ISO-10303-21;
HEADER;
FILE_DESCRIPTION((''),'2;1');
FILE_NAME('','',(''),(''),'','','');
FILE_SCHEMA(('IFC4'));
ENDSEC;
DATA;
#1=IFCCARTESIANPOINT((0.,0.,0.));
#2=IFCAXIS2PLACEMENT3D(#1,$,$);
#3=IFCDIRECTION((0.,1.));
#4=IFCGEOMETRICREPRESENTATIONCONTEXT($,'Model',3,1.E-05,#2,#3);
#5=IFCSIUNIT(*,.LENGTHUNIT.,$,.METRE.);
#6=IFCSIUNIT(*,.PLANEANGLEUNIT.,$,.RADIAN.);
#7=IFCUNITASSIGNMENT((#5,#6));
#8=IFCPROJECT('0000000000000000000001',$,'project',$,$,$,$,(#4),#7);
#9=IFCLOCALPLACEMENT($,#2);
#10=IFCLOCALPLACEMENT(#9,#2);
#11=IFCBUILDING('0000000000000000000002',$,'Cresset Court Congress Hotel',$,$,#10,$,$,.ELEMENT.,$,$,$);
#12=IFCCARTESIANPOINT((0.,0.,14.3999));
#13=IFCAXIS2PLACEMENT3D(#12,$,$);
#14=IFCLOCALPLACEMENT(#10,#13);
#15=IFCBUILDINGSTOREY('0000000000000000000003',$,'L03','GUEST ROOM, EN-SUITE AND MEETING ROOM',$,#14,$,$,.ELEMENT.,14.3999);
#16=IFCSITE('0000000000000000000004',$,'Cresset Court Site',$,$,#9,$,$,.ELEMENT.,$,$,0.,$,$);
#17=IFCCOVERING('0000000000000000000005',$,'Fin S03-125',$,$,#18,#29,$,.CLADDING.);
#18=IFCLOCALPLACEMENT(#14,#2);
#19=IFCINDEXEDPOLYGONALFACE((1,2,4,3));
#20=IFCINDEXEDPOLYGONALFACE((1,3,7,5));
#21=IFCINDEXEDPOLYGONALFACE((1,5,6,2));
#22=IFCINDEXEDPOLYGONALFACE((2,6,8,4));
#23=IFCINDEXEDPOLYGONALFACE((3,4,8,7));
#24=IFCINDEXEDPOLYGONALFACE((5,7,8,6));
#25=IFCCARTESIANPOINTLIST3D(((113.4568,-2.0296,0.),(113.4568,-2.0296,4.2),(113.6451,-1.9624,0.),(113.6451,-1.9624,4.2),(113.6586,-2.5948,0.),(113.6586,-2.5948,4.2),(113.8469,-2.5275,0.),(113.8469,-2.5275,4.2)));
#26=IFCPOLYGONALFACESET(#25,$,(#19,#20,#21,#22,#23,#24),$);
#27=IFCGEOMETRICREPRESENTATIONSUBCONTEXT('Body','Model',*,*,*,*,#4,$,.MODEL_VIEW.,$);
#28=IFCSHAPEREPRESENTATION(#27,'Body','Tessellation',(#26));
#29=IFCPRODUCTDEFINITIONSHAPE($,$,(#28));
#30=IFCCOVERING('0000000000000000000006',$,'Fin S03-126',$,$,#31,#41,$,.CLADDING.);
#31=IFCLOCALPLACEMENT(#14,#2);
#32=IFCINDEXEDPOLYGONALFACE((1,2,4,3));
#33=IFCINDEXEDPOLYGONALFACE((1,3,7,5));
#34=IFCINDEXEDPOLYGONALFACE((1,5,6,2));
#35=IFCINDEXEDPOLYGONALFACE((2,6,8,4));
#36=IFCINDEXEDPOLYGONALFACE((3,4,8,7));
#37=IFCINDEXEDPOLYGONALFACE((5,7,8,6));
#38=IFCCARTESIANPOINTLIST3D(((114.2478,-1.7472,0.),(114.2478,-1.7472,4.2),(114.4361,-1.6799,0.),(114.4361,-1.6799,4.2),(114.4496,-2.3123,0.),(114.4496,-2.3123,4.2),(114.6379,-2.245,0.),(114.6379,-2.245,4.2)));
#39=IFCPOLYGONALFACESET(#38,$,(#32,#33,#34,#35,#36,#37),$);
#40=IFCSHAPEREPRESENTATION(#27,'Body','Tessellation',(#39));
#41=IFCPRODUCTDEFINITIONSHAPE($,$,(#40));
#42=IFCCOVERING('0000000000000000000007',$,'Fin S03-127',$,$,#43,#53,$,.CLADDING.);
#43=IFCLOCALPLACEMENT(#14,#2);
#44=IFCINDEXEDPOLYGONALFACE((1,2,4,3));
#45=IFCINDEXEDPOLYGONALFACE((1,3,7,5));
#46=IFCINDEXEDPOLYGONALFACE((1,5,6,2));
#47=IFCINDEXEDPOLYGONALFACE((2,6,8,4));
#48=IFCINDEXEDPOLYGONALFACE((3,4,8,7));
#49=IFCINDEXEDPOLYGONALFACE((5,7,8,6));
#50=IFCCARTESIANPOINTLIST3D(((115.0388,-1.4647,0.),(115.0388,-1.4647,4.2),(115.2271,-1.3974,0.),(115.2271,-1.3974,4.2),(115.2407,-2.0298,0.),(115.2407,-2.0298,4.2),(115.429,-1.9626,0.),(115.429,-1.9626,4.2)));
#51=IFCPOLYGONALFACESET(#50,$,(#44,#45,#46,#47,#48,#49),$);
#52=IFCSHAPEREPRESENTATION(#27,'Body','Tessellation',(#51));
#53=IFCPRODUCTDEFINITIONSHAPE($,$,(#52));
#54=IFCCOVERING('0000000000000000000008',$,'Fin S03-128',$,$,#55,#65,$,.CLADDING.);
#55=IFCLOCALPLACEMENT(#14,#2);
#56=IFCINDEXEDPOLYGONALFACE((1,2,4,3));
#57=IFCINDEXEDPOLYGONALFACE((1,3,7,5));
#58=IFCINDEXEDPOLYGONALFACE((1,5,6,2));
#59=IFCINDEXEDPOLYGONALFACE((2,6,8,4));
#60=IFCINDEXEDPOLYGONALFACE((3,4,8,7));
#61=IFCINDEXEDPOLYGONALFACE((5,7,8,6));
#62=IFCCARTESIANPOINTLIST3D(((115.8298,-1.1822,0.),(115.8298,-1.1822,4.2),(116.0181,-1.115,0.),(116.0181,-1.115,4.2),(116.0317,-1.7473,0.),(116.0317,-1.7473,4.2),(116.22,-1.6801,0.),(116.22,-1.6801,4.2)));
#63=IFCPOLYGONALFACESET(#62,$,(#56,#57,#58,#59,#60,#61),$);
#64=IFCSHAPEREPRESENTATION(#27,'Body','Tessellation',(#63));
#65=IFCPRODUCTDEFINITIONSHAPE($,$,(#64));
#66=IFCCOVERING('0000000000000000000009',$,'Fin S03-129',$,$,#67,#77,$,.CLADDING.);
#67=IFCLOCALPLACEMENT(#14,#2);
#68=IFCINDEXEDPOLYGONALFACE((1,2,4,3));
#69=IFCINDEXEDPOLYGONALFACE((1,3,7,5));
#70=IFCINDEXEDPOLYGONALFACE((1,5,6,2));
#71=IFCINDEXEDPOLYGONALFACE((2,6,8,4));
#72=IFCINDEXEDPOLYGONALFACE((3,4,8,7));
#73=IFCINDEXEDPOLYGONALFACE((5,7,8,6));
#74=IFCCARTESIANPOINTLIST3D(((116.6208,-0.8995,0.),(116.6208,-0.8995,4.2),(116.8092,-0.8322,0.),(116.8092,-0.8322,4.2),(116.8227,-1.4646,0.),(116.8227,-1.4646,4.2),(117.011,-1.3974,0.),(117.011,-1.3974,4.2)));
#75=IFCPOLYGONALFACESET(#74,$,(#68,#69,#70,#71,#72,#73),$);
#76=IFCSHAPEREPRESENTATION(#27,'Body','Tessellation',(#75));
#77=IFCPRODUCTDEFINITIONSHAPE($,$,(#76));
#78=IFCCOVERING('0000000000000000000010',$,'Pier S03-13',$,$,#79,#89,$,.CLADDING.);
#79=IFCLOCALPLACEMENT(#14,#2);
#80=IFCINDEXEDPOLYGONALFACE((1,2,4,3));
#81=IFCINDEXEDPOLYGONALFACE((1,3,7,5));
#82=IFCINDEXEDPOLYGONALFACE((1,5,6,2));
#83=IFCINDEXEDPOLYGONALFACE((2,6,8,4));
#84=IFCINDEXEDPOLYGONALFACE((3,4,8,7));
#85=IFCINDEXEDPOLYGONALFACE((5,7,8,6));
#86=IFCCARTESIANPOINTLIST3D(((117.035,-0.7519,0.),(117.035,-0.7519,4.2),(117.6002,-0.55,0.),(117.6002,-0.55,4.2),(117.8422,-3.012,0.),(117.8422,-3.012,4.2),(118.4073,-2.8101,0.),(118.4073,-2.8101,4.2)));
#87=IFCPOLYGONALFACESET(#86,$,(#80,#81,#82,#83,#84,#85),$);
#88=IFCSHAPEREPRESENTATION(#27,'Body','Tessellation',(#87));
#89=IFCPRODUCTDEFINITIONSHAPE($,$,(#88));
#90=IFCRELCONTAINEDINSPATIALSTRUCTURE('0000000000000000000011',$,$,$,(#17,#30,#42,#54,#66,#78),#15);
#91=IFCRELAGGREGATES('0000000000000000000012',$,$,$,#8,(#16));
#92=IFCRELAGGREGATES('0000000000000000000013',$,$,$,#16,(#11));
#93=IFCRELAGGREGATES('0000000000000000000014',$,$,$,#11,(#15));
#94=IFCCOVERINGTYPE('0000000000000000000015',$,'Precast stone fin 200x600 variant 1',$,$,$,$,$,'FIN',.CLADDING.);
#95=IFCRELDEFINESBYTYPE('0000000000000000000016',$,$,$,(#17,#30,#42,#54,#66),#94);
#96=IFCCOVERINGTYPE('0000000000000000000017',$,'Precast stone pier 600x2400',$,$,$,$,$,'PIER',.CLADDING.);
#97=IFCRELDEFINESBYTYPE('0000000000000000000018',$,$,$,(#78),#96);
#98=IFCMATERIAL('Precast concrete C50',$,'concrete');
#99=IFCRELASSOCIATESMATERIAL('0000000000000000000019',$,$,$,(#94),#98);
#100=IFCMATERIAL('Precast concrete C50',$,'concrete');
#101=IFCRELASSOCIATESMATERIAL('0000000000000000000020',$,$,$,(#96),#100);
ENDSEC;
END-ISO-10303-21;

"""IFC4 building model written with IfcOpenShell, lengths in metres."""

from ifc_helpers import new_model, si_unit, direction, frame, origin, origin_2d, place, context, subcontext, project, spatial, rectangle, extrude, material, type_object, element, save


model = new_model("IFC4")

# Units and contexts
model_context = context("Model", 3, precision=1e-05, world=origin(), true_north=direction((0.0, 1.0)))
body_context = subcontext(model_context, "Body", "Model", "MODEL_VIEW")
ifc_project = project(units=[si_unit("LENGTHUNIT", "METRE"), si_unit("PLANEANGLEUNIT", "RADIAN")], contexts=[model_context])

# Site, building, storey
site_placement = place(None, origin())
site = spatial("IfcSite", under=ifc_project, at=site_placement, Name="Cresset Court Site", CompositionType="ELEMENT", RefElevation=0.0)
building_placement = place(site_placement, origin())
building = spatial("IfcBuilding", under=site, at=building_placement, Name="Cresset Court Congress Hotel", CompositionType="ELEMENT")
storey_placement = place(building_placement, frame((0.0, 0.0, 14.3999)))
storey = spatial("IfcBuildingStorey", under=building, at=storey_placement, Name="L03", Description="GUEST ROOM, EN-SUITE AND MEETING ROOM", CompositionType="ELEMENT", Elevation=14.3999)

# Coverings
ifc_material_1 = material(Name="Precast concrete C50", Category="concrete")
covering_type_1 = type_object("IfcCoveringType", Name="Precast stone fin 200x600 variant 1", ElementType="FIN", PredefinedType="CLADDING", material=ifc_material_1)
for number, where, z_axis, x_axis, name in (
    (1, (113.6519, -2.2786, 0.0), (0.0, 0.0, 1.0), (0.941742, 0.336336, 0.0), "Fin S03-125"),
    (2, (114.4429, -1.9961, 0.0), (0.0, 0.0, 1.0), (0.941742, 0.336336, 0.0), "Fin S03-126"),
    (3, (115.2339, -1.7136, 0.0), (0.0, 0.0, 1.0), (0.941742, 0.336336, 0.0), "Fin S03-127"),
    (4, (116.0249, -1.4312, 0.0), (0.0, 0.0, 1.0), (0.941742, 0.336336, 0.0), "Fin S03-128"),
    (5, (116.8159, -1.1484, 0.0), (0.0, 0.0, 1.0), (0.941742, 0.336336, 0.0), "Fin S03-129"),
):
    element("IfcCovering", number, at=place(storey_placement, frame(where, z_axis=z_axis, x_axis=x_axis)), inside=storey, type_object=covering_type_1, Name=name, PredefinedType="CLADDING", context=body_context, shape_type="SweptSolid", body=[
        extrude(rectangle(XDim=0.2, YDim=0.6001, at=origin_2d()), origin(), (0.0, 0.0, 1.0), 4.2),
    ])
ifc_material_2 = material(Name="Precast concrete C50", Category="concrete")
covering_type_2 = type_object("IfcCoveringType", Name="Precast stone pier 600x2400", ElementType="PIER", PredefinedType="CLADDING", material=ifc_material_2)
covering_placement = place(storey_placement, frame((117.7212, -1.781, 0.0), z_axis=(0.0, 0.0, 1.0), x_axis=(0.941742, 0.336336, 0.0)))
element("IfcCovering", 6, at=covering_placement, inside=storey, type_object=covering_type_2, Name="Pier S03-13", PredefinedType="CLADDING", context=body_context, shape_type="SweptSolid", body=[
    extrude(rectangle(XDim=0.6001, YDim=2.3999, at=origin_2d()), origin(), (0.0, 0.0, 1.0), 4.2),
])

save(model, "model.ifc")
